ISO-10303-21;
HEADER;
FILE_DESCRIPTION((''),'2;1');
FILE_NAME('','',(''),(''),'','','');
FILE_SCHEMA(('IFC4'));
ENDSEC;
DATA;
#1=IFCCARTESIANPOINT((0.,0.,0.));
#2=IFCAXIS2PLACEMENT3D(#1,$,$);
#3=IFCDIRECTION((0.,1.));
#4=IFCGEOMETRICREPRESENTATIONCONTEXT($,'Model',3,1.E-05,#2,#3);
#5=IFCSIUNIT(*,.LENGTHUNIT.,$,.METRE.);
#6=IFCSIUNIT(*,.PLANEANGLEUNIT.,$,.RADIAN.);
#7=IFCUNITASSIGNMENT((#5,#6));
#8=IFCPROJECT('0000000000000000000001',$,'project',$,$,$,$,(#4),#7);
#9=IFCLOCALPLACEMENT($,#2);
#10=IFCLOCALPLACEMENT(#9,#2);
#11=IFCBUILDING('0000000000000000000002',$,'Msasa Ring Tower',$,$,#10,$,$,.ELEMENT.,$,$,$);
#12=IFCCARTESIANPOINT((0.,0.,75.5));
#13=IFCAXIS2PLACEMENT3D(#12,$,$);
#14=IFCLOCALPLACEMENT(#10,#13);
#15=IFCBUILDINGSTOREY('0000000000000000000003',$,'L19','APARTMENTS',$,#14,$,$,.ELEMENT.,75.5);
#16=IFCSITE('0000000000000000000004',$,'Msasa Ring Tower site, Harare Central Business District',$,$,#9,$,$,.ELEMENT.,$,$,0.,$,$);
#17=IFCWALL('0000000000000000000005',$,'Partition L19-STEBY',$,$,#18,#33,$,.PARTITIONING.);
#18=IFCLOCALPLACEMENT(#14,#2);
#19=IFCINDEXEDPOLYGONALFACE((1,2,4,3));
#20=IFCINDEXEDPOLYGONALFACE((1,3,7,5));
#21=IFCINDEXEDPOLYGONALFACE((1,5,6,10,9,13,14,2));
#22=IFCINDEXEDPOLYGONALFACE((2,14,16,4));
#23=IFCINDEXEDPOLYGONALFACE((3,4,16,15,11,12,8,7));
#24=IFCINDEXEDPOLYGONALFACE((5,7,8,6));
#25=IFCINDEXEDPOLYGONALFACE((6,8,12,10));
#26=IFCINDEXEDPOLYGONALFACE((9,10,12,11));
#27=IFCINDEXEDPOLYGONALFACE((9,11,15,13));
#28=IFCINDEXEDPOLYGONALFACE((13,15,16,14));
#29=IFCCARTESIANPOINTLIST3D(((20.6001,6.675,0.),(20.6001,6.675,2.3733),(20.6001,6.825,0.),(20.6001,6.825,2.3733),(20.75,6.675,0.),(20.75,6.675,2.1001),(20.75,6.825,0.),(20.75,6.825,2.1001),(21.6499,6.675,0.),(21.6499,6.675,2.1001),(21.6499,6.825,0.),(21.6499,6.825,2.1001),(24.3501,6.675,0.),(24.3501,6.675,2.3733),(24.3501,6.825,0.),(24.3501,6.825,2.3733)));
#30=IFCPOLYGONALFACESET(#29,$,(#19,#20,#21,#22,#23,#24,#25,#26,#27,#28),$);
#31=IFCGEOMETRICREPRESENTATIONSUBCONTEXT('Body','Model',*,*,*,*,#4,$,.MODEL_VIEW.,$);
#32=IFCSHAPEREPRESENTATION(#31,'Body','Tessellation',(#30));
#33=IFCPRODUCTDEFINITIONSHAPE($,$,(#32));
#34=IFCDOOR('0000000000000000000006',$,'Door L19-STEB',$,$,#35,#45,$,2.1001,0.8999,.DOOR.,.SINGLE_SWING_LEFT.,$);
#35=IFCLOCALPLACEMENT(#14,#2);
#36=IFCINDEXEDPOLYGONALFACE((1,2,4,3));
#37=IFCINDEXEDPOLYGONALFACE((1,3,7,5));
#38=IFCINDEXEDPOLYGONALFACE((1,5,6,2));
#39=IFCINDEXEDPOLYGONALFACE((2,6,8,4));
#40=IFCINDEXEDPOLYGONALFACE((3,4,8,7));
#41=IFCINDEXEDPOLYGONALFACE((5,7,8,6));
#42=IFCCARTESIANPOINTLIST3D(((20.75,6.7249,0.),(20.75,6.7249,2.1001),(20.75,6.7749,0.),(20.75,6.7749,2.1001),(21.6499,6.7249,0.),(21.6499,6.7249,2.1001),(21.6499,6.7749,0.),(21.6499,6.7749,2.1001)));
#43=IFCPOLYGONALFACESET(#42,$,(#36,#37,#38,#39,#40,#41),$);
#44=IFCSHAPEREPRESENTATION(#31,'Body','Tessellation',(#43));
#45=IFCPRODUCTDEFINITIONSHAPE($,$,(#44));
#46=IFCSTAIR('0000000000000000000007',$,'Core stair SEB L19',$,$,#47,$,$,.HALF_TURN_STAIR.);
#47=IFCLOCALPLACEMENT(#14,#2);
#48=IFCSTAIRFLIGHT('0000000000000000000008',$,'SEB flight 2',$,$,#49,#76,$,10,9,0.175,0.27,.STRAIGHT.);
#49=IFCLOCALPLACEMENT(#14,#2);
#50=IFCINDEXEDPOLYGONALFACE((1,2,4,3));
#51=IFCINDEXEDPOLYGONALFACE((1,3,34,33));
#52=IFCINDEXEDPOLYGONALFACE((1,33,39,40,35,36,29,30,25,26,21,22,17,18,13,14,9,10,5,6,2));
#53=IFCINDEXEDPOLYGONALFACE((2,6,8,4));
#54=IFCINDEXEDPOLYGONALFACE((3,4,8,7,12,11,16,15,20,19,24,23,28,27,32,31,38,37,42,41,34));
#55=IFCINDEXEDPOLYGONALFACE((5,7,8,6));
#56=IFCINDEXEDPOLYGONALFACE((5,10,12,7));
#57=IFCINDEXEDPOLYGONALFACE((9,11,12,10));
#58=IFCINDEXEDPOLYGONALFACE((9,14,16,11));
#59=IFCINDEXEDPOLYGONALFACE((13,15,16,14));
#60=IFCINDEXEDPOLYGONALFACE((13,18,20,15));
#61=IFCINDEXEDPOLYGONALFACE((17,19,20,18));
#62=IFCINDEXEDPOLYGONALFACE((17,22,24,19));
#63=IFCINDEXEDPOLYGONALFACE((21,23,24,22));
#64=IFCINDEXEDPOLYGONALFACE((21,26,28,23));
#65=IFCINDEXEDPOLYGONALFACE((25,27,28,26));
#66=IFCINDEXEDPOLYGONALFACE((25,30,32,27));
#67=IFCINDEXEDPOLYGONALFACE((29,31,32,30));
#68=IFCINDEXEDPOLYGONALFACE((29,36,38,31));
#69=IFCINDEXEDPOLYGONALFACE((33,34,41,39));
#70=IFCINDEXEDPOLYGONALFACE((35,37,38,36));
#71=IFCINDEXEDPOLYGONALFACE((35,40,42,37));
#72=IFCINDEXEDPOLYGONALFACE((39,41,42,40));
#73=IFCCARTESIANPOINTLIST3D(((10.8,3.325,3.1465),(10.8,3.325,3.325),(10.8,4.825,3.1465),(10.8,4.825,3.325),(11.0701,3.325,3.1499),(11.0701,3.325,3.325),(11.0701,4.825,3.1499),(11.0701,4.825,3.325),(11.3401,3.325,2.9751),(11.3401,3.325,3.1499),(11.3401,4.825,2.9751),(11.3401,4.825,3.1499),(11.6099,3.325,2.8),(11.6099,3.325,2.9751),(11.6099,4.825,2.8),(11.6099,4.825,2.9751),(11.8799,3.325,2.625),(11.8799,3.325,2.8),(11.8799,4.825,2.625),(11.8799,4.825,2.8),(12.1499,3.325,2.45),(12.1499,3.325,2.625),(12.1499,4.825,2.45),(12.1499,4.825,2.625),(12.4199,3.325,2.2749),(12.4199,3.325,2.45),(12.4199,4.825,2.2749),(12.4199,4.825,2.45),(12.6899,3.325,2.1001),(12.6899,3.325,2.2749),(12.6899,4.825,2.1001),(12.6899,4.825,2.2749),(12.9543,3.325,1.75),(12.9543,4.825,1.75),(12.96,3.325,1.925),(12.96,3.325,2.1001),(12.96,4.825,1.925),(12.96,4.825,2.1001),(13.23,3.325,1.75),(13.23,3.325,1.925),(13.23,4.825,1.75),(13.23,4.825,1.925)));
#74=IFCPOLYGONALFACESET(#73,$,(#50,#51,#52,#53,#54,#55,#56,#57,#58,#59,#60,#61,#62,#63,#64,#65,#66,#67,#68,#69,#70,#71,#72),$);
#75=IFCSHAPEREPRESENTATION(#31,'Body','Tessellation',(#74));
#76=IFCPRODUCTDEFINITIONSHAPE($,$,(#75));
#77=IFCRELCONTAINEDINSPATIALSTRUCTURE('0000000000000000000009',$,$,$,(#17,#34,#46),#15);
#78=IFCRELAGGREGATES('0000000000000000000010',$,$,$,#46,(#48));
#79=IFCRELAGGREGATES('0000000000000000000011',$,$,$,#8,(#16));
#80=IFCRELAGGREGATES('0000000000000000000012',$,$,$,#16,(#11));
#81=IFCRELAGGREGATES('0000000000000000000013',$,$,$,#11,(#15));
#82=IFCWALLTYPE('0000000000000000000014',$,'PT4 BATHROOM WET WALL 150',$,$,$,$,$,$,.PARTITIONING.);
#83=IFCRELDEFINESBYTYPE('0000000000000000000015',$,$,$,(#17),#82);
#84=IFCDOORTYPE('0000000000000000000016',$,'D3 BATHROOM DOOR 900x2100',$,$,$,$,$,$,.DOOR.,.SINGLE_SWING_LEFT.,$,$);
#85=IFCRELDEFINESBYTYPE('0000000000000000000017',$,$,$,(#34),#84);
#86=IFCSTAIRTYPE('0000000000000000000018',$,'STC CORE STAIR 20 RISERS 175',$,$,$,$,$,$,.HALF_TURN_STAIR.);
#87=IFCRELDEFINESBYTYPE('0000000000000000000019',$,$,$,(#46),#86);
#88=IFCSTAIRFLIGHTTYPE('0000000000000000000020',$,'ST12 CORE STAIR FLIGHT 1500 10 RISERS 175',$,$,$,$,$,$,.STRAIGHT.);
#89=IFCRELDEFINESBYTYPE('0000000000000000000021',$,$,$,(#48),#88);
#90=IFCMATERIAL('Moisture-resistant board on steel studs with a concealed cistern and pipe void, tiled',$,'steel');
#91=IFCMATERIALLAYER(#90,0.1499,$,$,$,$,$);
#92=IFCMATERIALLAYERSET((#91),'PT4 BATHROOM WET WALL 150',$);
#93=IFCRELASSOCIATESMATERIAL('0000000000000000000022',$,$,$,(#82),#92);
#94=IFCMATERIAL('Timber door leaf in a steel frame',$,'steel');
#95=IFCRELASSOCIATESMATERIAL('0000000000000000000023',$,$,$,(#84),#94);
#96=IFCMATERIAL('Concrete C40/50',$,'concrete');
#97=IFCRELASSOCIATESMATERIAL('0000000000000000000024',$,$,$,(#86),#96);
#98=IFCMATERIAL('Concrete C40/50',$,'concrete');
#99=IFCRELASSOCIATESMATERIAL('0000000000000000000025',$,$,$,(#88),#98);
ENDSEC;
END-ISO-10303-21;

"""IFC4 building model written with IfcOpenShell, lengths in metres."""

from ifc_helpers import new_model, si_unit, direction, frame, frame_2d, origin, place, context, subcontext, project, spatial, polyline, rectangle, outline, extrude, material, layer, layer_set, type_object, element, fill, aggregate, save


model = new_model("IFC4")

# Units and contexts
model_context = context("Model", 3, precision=1e-05, world=origin(), true_north=direction((0.0, 1.0)))
body_context = subcontext(model_context, "Body", "Model", "MODEL_VIEW")
ifc_project = project(units=[si_unit("LENGTHUNIT", "METRE"), si_unit("PLANEANGLEUNIT", "RADIAN")], contexts=[model_context])

# Site, building, storey
site_placement = place(None, origin())
site = spatial("IfcSite", under=ifc_project, at=site_placement, Name="Msasa Ring Tower site, Harare Central Business District", CompositionType="ELEMENT", RefElevation=0.0)
building_placement = place(site_placement, origin())
building = spatial("IfcBuilding", under=site, at=building_placement, Name="Msasa Ring Tower", CompositionType="ELEMENT")
storey_placement = place(building_placement, frame((0.0, 0.0, 75.5)))
storey = spatial("IfcBuildingStorey", under=building, at=storey_placement, Name="L19", Description="APARTMENTS", CompositionType="ELEMENT", Elevation=75.5)

# Wall, opening, door
ifc_material_1 = material(Name="Moisture-resistant board on steel studs with a concealed cistern and pipe void, tiled", Category="steel")
ifc_layer_1 = layer(ifc_material_1, 0.1499)
ifc_layer_set_1 = layer_set([ifc_layer_1], Name="PT4 BATHROOM WET WALL 150")
wall_type_1 = type_object("IfcWallType", Name="PT4 BATHROOM WET WALL 150", PredefinedType="PARTITIONING", material=ifc_layer_set_1)
wall_1_placement = place(storey_placement, frame((20.6001, 6.75, 0.0), z_axis=(0.0, 0.0, 1.0), x_axis=(1.0, 0.0, 0.0)))
wall_1 = element("IfcWall", 1, at=wall_1_placement, inside=storey, type_object=wall_type_1, Name="Partition L19-STEBY", PredefinedType="PARTITIONING", context=body_context, shape_type="SweptSolid", body=[
    extrude(rectangle(XDim=3.75, YDim=0.1499, at=frame_2d((1.875, 0.0))), origin(), (0.0, 0.0, 1.0), 2.3733),
])
opening_1_placement = place(wall_1_placement, frame((0.1499, 0.0, 0.0)))
opening_1 = element("IfcOpeningElement", 2, at=opening_1_placement, cuts=wall_1, PredefinedType="OPENING", context=body_context, shape_type="SweptSolid", body=[
    extrude(rectangle(XDim=0.8999, YDim=2.1001, at=frame_2d((0.45, 1.05))), frame((0.0, 0.085, 0.0), z_axis=(0.0, -1.0, 0.0), x_axis=(1.0, 0.0, 0.0)), (0.0, 0.0, 1.0), 0.1699),
])
ifc_material_2 = material(Name="Timber door leaf in a steel frame", Category="steel")
door_type_1 = type_object("IfcDoorType", Name="D3 BATHROOM DOOR 900x2100", OperationType="SINGLE_SWING_LEFT", PredefinedType="DOOR", material=ifc_material_2)
door_1_placement = place(opening_1_placement, origin())
door_1 = element("IfcDoor", 3, at=door_1_placement, inside=storey, type_object=door_type_1, Name="Door L19-STEB", OperationType="SINGLE_SWING_LEFT", OverallHeight=2.1001, OverallWidth=0.8999, PredefinedType="DOOR", context=body_context, shape_type="SweptSolid", body=[
    extrude(rectangle(XDim=0.8999, YDim=2.1001, at=frame_2d((0.45, 1.05))), frame((0.0, 0.0249, 0.0), z_axis=(0.0, -1.0, 0.0), x_axis=(1.0, 0.0, 0.0)), (0.0, 0.0, 1.0), 0.05),
])
fill(opening_1, door_1)

# Stair, stair flight
ifc_material_3 = material(Name="Concrete C40/50", Category="concrete")
stair_type = type_object("IfcStairType", Name="STC CORE STAIR 20 RISERS 175", PredefinedType="HALF_TURN_STAIR", material=ifc_material_3)
stair_placement = place(storey_placement, origin())
stair = element("IfcStair", 4, at=stair_placement, inside=storey, type_object=stair_type, Name="Core stair SEB L19", PredefinedType="HALF_TURN_STAIR")
ifc_material_4 = material(Name="Concrete C40/50", Category="concrete")
stair_flight_type = type_object("IfcStairFlightType", Name="ST12 CORE STAIR FLIGHT 1500 10 RISERS 175", PredefinedType="STRAIGHT", material=ifc_material_4)
stair_flight_placement = place(storey_placement, frame((13.23, 4.075, 1.75), z_axis=(0.0, 0.0, 1.0), x_axis=(-1.0, 0.0, 0.0)))
stair_flight = element("IfcStairFlight", 5, at=stair_flight_placement, type_object=stair_flight_type, Name="SEB flight 2", NumberOfRisers=10, NumberOfTreads=9, PredefinedType="STRAIGHT", RiserHeight=0.175, TreadLength=0.27, context=body_context, shape_type="SweptSolid", body=[
    extrude(outline(polyline([(0.0, 0.0), (0.0, 0.175), (0.27, 0.175), (0.27, 0.3501), (0.54, 0.3501), (0.54, 0.5249), (0.8101, 0.5249), (0.8101, 0.7), (1.0801, 0.7), (1.0801, 0.875), (1.3501, 0.875), (1.3501, 1.05), (1.6201, 1.05), (1.6201, 1.2251), (1.8899, 1.2251), (1.8899, 1.3999), (2.1599, 1.3999), (2.1599, 1.575), (2.4299, 1.575), (2.4299, 1.75), (2.4299, 1.3965), (0.2756, 0.0), (0.0, 0.0)])), frame((0.0, 0.75, 0.0), z_axis=(0.0, -1.0, 0.0), x_axis=(1.0, 0.0, 0.0)), (0.0, 0.0, 1.0), 1.5),
])
aggregate(stair, [stair_flight])

save(model, "model.ifc")
